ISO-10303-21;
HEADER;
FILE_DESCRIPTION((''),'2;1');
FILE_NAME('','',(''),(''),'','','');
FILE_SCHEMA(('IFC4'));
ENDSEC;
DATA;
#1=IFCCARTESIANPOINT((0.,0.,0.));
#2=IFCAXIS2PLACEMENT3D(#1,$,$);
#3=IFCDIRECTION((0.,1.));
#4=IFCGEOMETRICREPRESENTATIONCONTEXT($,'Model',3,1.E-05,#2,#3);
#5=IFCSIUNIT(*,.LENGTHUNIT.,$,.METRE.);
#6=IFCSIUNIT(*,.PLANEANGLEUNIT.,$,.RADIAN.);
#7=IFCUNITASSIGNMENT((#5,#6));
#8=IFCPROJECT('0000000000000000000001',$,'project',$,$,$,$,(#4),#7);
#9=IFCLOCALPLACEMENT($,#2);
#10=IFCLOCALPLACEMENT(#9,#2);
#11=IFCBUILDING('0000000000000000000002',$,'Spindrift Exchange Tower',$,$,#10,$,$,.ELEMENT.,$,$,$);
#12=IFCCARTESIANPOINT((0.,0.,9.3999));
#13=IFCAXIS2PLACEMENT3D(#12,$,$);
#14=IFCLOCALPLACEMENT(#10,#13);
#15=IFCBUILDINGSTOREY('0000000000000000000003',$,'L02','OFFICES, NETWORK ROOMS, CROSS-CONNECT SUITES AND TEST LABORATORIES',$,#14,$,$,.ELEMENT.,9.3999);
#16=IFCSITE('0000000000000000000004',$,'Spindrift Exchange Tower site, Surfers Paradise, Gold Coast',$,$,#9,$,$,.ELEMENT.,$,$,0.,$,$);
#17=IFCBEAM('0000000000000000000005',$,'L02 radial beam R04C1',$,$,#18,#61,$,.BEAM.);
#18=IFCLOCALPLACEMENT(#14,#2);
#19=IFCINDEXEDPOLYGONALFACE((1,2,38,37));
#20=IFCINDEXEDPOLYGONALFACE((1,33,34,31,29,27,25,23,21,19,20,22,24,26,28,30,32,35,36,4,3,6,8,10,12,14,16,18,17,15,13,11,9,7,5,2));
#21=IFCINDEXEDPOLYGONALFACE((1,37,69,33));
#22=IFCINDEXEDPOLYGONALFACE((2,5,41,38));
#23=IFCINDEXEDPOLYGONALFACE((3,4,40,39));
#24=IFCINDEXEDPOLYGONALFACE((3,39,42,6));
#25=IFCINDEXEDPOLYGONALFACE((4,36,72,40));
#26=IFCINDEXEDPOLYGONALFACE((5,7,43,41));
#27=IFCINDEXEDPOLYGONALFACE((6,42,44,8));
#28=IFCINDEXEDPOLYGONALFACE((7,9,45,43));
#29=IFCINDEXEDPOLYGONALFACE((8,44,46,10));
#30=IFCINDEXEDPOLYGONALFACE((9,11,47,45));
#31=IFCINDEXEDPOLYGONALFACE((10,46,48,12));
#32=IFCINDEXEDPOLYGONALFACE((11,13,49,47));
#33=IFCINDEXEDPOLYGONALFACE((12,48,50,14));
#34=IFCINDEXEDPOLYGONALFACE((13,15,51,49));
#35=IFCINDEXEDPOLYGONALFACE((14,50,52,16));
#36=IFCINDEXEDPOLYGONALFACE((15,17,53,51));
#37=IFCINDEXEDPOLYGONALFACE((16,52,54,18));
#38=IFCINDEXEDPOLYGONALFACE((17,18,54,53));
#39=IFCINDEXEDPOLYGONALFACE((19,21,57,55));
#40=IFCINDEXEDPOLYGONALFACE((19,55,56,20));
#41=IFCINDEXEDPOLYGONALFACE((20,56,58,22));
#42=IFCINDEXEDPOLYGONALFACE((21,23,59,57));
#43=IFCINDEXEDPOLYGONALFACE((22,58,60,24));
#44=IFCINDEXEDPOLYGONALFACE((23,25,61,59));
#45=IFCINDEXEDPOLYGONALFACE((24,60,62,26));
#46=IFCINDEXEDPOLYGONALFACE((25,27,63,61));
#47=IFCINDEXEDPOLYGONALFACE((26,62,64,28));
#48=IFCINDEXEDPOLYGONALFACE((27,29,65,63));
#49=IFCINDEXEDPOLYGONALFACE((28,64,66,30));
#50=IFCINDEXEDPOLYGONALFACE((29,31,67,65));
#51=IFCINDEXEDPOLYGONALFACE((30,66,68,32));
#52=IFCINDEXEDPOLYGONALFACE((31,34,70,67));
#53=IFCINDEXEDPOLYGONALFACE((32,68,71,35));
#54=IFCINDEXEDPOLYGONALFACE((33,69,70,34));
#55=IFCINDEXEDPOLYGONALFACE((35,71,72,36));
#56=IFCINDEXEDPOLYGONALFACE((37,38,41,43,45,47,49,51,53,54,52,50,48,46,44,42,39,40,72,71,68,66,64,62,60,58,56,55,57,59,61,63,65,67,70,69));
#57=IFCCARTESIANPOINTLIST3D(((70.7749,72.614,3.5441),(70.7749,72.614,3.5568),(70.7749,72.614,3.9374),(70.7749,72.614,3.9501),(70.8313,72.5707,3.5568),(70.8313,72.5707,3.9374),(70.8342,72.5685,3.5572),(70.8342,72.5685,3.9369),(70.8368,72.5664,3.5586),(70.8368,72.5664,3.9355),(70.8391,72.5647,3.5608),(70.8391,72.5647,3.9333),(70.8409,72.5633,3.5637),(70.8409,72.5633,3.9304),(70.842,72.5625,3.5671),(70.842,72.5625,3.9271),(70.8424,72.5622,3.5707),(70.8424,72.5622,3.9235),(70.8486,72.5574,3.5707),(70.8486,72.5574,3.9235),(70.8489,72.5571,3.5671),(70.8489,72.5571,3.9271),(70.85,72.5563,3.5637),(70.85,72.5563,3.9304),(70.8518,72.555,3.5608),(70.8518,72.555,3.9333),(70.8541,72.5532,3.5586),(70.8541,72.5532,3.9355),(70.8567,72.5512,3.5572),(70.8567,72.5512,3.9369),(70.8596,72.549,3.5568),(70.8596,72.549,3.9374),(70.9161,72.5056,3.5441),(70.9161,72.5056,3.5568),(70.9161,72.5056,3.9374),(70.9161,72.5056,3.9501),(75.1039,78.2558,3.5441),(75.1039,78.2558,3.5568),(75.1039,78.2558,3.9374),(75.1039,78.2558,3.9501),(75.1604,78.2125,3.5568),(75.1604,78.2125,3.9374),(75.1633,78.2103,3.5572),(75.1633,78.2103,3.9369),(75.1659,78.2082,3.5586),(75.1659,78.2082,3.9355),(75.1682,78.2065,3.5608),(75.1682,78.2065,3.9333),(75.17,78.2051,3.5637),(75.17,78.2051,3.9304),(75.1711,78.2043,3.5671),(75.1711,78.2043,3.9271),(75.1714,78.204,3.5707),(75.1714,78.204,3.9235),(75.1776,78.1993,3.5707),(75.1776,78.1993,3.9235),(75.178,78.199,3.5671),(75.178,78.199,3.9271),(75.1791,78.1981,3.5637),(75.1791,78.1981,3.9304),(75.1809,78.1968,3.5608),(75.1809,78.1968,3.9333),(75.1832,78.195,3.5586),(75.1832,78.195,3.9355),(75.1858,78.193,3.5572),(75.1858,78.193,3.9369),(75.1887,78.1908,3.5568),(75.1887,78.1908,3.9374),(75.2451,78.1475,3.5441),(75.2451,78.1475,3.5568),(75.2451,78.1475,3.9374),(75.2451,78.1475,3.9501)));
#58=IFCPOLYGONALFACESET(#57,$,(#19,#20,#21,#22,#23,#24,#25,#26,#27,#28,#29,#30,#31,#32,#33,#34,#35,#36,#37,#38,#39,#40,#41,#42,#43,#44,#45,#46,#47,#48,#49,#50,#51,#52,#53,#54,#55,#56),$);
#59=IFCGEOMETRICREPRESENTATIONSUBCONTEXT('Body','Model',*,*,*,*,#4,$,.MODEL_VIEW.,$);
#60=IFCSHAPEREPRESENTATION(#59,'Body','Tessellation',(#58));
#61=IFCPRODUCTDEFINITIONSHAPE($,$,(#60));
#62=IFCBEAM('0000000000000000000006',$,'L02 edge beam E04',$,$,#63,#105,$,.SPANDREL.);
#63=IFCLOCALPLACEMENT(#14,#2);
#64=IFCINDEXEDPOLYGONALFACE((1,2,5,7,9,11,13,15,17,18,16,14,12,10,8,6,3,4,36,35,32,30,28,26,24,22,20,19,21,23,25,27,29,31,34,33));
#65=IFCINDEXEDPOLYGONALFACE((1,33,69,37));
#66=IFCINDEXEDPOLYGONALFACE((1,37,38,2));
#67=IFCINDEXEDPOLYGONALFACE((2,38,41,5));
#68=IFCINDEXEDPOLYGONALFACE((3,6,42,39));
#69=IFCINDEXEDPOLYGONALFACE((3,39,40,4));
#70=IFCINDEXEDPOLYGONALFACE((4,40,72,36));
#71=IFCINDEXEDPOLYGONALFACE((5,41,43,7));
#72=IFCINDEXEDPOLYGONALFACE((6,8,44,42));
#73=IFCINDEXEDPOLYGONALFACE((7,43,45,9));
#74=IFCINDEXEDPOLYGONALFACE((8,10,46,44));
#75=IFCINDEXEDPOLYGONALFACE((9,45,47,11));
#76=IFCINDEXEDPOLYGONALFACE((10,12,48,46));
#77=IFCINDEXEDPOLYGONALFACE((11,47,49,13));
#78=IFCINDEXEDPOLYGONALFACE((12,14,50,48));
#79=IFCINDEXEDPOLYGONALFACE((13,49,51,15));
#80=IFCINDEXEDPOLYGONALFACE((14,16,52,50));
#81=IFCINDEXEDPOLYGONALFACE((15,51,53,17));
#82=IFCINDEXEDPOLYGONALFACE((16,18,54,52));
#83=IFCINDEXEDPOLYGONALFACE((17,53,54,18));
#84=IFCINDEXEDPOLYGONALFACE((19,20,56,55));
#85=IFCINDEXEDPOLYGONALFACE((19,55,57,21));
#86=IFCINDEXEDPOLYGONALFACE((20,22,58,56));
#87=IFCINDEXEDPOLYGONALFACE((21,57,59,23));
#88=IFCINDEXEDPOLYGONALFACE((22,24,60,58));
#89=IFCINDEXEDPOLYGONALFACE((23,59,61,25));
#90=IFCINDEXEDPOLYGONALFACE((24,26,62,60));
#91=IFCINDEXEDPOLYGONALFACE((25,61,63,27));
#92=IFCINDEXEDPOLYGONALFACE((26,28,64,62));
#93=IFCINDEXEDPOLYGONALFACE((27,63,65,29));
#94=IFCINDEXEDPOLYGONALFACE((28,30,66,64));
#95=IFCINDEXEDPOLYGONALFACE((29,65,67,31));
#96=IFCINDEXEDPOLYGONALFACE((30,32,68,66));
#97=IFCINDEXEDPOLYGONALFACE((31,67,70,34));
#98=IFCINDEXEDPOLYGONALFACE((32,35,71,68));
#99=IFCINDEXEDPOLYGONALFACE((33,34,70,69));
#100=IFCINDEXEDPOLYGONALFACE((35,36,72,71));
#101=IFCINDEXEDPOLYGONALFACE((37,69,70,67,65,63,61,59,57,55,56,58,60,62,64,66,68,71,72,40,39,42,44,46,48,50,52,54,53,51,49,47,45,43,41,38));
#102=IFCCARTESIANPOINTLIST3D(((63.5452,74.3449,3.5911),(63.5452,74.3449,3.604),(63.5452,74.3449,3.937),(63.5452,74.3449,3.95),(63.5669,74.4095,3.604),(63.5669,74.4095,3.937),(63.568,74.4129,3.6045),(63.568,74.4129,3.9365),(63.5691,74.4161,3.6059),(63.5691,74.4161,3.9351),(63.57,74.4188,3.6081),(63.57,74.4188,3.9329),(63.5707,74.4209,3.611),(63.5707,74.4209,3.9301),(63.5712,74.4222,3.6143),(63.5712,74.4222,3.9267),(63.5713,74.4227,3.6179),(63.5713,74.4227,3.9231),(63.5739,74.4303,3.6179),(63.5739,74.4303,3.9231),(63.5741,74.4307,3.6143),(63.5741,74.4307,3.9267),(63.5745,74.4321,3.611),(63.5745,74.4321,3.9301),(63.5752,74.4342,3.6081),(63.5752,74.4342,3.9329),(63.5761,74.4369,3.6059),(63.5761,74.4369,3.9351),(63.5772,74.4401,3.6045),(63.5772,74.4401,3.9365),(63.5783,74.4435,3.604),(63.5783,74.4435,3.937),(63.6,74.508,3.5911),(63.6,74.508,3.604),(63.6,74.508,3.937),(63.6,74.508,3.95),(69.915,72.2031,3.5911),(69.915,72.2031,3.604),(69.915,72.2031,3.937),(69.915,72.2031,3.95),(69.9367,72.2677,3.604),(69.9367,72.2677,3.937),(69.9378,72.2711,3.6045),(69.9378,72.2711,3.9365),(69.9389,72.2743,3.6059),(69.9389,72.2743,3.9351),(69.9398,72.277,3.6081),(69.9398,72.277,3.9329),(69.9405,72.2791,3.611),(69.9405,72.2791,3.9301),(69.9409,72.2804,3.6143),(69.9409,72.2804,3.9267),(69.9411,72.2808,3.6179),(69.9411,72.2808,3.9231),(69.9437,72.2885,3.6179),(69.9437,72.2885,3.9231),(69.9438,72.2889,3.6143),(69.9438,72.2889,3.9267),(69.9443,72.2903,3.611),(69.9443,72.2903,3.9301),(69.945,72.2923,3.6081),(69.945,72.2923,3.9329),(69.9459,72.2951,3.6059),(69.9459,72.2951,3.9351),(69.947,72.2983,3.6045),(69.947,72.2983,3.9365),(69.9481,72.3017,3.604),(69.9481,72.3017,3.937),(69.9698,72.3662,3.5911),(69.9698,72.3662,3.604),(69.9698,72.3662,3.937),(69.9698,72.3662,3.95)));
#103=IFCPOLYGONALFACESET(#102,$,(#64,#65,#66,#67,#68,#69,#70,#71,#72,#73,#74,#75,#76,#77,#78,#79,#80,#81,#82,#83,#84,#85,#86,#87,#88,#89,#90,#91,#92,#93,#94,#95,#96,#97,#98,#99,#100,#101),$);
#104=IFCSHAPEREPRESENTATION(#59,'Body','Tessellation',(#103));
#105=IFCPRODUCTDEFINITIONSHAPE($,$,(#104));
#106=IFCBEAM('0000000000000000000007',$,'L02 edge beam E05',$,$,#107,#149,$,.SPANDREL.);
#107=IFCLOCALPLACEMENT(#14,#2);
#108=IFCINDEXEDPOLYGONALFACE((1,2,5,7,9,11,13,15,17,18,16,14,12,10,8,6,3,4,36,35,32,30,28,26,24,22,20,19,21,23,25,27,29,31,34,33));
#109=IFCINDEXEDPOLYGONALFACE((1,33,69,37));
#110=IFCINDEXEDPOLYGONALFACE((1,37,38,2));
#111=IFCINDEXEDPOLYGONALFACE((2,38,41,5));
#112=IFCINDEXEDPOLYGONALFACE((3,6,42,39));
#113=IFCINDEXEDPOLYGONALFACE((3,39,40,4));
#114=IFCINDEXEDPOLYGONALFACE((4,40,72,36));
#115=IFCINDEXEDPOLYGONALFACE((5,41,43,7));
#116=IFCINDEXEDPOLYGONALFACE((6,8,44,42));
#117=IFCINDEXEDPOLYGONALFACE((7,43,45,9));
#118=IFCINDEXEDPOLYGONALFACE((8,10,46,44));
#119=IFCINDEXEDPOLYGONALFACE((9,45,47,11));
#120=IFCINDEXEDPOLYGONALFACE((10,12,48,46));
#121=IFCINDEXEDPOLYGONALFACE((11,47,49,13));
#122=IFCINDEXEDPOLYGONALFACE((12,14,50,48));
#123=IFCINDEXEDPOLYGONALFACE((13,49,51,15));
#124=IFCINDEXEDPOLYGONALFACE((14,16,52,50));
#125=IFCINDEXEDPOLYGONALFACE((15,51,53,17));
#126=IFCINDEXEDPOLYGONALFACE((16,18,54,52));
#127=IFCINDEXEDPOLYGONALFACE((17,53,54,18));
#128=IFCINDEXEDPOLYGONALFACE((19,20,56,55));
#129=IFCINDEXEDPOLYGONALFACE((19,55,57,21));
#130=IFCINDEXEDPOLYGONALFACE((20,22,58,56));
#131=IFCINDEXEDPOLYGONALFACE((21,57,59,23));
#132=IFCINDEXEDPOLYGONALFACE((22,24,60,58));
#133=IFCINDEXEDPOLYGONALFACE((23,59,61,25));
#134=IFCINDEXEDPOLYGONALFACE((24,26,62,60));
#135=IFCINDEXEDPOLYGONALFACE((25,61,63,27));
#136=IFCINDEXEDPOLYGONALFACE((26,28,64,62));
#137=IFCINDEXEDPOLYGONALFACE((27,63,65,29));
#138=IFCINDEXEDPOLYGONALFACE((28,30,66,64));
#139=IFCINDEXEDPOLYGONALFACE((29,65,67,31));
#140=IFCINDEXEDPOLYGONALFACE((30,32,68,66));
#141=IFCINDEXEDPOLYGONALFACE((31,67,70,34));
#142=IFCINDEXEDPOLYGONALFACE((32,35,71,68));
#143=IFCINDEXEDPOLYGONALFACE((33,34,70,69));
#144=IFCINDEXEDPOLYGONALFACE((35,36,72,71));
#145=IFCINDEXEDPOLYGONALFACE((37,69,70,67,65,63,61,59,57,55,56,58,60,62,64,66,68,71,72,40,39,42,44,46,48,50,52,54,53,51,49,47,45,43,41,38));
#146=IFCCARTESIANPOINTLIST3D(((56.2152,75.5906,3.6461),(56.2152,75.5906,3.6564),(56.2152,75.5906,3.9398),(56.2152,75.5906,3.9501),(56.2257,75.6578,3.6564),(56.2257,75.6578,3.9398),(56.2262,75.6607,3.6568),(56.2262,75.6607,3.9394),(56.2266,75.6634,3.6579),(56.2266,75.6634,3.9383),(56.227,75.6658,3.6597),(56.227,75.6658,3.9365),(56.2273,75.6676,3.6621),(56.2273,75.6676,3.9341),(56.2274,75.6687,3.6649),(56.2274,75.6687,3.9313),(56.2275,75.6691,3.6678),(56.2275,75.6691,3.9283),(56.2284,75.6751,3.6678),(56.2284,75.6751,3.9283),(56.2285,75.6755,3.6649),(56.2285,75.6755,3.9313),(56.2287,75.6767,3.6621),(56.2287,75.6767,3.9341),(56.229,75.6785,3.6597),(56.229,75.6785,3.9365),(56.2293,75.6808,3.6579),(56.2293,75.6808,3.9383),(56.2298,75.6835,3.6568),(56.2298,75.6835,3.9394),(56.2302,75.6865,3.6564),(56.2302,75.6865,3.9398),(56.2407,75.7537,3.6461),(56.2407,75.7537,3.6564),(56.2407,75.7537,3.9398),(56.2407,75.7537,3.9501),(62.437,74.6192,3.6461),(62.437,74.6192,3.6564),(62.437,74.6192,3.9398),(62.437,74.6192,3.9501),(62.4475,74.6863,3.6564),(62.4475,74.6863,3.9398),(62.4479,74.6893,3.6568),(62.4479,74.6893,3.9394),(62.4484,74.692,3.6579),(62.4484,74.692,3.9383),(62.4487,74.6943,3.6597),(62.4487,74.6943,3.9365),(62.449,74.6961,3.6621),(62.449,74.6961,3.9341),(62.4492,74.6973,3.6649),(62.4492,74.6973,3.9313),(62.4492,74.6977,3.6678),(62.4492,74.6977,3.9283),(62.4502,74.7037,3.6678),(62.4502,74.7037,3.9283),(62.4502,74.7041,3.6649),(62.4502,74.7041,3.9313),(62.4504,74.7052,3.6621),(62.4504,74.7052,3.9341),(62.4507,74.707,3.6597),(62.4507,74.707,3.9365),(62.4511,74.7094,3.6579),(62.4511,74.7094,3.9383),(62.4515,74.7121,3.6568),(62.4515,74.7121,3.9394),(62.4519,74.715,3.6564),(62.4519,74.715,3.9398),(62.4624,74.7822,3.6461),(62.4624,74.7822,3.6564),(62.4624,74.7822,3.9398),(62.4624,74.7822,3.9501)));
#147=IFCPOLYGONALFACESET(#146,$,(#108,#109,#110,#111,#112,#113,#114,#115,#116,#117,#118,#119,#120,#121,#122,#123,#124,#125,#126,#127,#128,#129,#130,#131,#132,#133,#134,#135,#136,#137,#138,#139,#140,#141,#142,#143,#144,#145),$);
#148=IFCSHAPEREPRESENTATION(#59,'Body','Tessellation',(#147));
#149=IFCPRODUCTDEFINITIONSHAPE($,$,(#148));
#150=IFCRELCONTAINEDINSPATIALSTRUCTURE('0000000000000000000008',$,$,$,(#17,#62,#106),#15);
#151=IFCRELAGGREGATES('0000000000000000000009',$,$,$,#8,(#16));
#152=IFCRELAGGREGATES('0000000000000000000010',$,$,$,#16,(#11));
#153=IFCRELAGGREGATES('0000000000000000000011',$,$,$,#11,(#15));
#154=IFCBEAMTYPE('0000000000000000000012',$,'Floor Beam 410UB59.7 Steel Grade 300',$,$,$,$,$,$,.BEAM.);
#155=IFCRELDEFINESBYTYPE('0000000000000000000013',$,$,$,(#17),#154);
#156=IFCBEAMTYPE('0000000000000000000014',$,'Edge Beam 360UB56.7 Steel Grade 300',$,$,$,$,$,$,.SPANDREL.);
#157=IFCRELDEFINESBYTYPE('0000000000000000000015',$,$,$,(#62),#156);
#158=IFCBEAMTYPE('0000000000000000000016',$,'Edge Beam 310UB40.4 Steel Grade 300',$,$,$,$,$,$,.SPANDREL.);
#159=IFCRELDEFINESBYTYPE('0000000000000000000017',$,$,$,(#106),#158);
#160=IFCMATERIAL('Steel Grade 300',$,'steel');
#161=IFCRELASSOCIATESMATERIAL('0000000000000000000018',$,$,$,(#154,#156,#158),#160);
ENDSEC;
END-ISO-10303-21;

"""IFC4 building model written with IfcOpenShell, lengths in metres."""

from ifc_helpers import new_model, si_unit, direction, frame, origin, origin_2d, place, context, subcontext, project, spatial, i_section, extrude, source, transform, mapped, material, material_profile, profile_set, type_object, element, save


model = new_model("IFC4")

# Units and contexts
model_context = context("Model", 3, precision=1e-05, world=origin(), true_north=direction((0.0, 1.0)))
body_context = subcontext(model_context, "Body", "Model", "MODEL_VIEW")
ifc_project = project(units=[si_unit("LENGTHUNIT", "METRE"), si_unit("PLANEANGLEUNIT", "RADIAN")], contexts=[model_context])

# Site, building, storey
site_placement = place(None, origin())
site = spatial("IfcSite", under=ifc_project, at=site_placement, Name="Spindrift Exchange Tower site, Surfers Paradise, Gold Coast", CompositionType="ELEMENT", RefElevation=0.0)
building_placement = place(site_placement, origin())
building = spatial("IfcBuilding", under=site, at=building_placement, Name="Spindrift Exchange Tower", CompositionType="ELEMENT")
storey_placement = place(building_placement, frame((0.0, 0.0, 9.3999)))
storey = spatial("IfcBuildingStorey", under=building, at=storey_placement, Name="L02", Description="OFFICES, NETWORK ROOMS, CROSS-CONNECT SUITES AND TEST LABORATORIES", CompositionType="ELEMENT", Elevation=9.3999)

# Beams
ifc_material_1 = material(Name="Steel Grade 300", Category="steel")
ifc_material_profile_1 = material_profile(ifc_material_1, i_section(OverallWidth=0.178, OverallDepth=0.406, WebThickness=0.0078, FlangeThickness=0.0127, FilletRadius=0.0139, at=origin_2d()), Name="410UB59.7")
ifc_profile_set_1 = profile_set([ifc_material_profile_1], Name="Steel Grade 300")
beam_type_1 = type_object("IfcBeamType", Name="Floor Beam 410UB59.7 Steel Grade 300", PredefinedType="BEAM", material=ifc_profile_set_1)
shared_shape_1 = source(origin(), body_context, "Body", "SweptSolid", [
    extrude(i_section(OverallWidth=0.178, OverallDepth=0.406, WebThickness=0.0078, FlangeThickness=0.0127, FilletRadius=0.0139, at=origin_2d()), origin(), (0.0, 0.0, 1.0), 7.1113),
])
beam_1_placement = place(storey_placement, frame((70.8455, 72.5598, 3.7471), z_axis=(0.608758, 0.793356, 0.0), x_axis=(-0.793356, 0.608758, 0.0)))
element("IfcBeam", 1, at=beam_1_placement, inside=storey, type_object=beam_type_1, Name="L02 radial beam R04C1", PredefinedType="BEAM", context=body_context, shape_type="MappedRepresentation", body=[
    mapped(shared_shape_1, transform((0.0, 0.0, 0.0), scale=1.0)),
])
ifc_material_profile_2 = material_profile(ifc_material_1, i_section(OverallWidth=0.1721, OverallDepth=0.3589, WebThickness=0.0081, FlangeThickness=0.0129, FilletRadius=0.0139, at=origin_2d()), Name="360UB56.7")
ifc_profile_set_2 = profile_set([ifc_material_profile_2], Name="Steel Grade 300")
beam_type_2 = type_object("IfcBeamType", Name="Edge Beam 360UB56.7 Steel Grade 300", PredefinedType="SPANDREL", material=ifc_profile_set_2)
shared_shape_2 = source(origin(), body_context, "Body", "SweptSolid", [
    extrude(i_section(OverallWidth=0.1721, OverallDepth=0.3589, WebThickness=0.0081, FlangeThickness=0.0129, FilletRadius=0.0139, at=origin_2d()), origin(), (0.0, 0.0, 1.0), 6.7202),
])
beam_2_placement = place(storey_placement, frame((69.9424, 72.2847, 3.7705), z_axis=(-0.947852, 0.318712, 0.0), x_axis=(-0.318712, -0.947852, 0.0)))
element("IfcBeam", 2, at=beam_2_placement, inside=storey, type_object=beam_type_2, Name="L02 edge beam E04", PredefinedType="SPANDREL", context=body_context, shape_type="MappedRepresentation", body=[
    mapped(shared_shape_2, transform((0.0, 0.0, 0.0), scale=1.0)),
])
ifc_material_profile_3 = material_profile(ifc_material_1, i_section(OverallWidth=0.165, OverallDepth=0.304, WebThickness=0.0061, FlangeThickness=0.0103, FilletRadius=0.0115, at=origin_2d()), Name="310UB40.4")
ifc_profile_set_3 = profile_set([ifc_material_profile_3], Name="Steel Grade 300")
beam_type_3 = type_object("IfcBeamType", Name="Edge Beam 310UB40.4 Steel Grade 300", PredefinedType="SPANDREL", material=ifc_profile_set_3)
shared_shape_3 = source(origin(), body_context, "Body", "SweptSolid", [
    extrude(i_section(OverallWidth=0.165, OverallDepth=0.304, WebThickness=0.0061, FlangeThickness=0.0103, FilletRadius=0.0115, at=origin_2d()), origin(), (0.0, 0.0, 1.0), 6.2971),
])
beam_3_placement = place(storey_placement, frame((62.4497, 74.7007, 3.7981), z_axis=(-0.988029, 0.154268, 0.0), x_axis=(-0.154268, -0.988029, 0.0)))
element("IfcBeam", 3, at=beam_3_placement, inside=storey, type_object=beam_type_3, Name="L02 edge beam E05", PredefinedType="SPANDREL", context=body_context, shape_type="MappedRepresentation", body=[
    mapped(shared_shape_3, transform((0.0, 0.0, 0.0), scale=1.0)),
])

save(model, "model.ifc")
